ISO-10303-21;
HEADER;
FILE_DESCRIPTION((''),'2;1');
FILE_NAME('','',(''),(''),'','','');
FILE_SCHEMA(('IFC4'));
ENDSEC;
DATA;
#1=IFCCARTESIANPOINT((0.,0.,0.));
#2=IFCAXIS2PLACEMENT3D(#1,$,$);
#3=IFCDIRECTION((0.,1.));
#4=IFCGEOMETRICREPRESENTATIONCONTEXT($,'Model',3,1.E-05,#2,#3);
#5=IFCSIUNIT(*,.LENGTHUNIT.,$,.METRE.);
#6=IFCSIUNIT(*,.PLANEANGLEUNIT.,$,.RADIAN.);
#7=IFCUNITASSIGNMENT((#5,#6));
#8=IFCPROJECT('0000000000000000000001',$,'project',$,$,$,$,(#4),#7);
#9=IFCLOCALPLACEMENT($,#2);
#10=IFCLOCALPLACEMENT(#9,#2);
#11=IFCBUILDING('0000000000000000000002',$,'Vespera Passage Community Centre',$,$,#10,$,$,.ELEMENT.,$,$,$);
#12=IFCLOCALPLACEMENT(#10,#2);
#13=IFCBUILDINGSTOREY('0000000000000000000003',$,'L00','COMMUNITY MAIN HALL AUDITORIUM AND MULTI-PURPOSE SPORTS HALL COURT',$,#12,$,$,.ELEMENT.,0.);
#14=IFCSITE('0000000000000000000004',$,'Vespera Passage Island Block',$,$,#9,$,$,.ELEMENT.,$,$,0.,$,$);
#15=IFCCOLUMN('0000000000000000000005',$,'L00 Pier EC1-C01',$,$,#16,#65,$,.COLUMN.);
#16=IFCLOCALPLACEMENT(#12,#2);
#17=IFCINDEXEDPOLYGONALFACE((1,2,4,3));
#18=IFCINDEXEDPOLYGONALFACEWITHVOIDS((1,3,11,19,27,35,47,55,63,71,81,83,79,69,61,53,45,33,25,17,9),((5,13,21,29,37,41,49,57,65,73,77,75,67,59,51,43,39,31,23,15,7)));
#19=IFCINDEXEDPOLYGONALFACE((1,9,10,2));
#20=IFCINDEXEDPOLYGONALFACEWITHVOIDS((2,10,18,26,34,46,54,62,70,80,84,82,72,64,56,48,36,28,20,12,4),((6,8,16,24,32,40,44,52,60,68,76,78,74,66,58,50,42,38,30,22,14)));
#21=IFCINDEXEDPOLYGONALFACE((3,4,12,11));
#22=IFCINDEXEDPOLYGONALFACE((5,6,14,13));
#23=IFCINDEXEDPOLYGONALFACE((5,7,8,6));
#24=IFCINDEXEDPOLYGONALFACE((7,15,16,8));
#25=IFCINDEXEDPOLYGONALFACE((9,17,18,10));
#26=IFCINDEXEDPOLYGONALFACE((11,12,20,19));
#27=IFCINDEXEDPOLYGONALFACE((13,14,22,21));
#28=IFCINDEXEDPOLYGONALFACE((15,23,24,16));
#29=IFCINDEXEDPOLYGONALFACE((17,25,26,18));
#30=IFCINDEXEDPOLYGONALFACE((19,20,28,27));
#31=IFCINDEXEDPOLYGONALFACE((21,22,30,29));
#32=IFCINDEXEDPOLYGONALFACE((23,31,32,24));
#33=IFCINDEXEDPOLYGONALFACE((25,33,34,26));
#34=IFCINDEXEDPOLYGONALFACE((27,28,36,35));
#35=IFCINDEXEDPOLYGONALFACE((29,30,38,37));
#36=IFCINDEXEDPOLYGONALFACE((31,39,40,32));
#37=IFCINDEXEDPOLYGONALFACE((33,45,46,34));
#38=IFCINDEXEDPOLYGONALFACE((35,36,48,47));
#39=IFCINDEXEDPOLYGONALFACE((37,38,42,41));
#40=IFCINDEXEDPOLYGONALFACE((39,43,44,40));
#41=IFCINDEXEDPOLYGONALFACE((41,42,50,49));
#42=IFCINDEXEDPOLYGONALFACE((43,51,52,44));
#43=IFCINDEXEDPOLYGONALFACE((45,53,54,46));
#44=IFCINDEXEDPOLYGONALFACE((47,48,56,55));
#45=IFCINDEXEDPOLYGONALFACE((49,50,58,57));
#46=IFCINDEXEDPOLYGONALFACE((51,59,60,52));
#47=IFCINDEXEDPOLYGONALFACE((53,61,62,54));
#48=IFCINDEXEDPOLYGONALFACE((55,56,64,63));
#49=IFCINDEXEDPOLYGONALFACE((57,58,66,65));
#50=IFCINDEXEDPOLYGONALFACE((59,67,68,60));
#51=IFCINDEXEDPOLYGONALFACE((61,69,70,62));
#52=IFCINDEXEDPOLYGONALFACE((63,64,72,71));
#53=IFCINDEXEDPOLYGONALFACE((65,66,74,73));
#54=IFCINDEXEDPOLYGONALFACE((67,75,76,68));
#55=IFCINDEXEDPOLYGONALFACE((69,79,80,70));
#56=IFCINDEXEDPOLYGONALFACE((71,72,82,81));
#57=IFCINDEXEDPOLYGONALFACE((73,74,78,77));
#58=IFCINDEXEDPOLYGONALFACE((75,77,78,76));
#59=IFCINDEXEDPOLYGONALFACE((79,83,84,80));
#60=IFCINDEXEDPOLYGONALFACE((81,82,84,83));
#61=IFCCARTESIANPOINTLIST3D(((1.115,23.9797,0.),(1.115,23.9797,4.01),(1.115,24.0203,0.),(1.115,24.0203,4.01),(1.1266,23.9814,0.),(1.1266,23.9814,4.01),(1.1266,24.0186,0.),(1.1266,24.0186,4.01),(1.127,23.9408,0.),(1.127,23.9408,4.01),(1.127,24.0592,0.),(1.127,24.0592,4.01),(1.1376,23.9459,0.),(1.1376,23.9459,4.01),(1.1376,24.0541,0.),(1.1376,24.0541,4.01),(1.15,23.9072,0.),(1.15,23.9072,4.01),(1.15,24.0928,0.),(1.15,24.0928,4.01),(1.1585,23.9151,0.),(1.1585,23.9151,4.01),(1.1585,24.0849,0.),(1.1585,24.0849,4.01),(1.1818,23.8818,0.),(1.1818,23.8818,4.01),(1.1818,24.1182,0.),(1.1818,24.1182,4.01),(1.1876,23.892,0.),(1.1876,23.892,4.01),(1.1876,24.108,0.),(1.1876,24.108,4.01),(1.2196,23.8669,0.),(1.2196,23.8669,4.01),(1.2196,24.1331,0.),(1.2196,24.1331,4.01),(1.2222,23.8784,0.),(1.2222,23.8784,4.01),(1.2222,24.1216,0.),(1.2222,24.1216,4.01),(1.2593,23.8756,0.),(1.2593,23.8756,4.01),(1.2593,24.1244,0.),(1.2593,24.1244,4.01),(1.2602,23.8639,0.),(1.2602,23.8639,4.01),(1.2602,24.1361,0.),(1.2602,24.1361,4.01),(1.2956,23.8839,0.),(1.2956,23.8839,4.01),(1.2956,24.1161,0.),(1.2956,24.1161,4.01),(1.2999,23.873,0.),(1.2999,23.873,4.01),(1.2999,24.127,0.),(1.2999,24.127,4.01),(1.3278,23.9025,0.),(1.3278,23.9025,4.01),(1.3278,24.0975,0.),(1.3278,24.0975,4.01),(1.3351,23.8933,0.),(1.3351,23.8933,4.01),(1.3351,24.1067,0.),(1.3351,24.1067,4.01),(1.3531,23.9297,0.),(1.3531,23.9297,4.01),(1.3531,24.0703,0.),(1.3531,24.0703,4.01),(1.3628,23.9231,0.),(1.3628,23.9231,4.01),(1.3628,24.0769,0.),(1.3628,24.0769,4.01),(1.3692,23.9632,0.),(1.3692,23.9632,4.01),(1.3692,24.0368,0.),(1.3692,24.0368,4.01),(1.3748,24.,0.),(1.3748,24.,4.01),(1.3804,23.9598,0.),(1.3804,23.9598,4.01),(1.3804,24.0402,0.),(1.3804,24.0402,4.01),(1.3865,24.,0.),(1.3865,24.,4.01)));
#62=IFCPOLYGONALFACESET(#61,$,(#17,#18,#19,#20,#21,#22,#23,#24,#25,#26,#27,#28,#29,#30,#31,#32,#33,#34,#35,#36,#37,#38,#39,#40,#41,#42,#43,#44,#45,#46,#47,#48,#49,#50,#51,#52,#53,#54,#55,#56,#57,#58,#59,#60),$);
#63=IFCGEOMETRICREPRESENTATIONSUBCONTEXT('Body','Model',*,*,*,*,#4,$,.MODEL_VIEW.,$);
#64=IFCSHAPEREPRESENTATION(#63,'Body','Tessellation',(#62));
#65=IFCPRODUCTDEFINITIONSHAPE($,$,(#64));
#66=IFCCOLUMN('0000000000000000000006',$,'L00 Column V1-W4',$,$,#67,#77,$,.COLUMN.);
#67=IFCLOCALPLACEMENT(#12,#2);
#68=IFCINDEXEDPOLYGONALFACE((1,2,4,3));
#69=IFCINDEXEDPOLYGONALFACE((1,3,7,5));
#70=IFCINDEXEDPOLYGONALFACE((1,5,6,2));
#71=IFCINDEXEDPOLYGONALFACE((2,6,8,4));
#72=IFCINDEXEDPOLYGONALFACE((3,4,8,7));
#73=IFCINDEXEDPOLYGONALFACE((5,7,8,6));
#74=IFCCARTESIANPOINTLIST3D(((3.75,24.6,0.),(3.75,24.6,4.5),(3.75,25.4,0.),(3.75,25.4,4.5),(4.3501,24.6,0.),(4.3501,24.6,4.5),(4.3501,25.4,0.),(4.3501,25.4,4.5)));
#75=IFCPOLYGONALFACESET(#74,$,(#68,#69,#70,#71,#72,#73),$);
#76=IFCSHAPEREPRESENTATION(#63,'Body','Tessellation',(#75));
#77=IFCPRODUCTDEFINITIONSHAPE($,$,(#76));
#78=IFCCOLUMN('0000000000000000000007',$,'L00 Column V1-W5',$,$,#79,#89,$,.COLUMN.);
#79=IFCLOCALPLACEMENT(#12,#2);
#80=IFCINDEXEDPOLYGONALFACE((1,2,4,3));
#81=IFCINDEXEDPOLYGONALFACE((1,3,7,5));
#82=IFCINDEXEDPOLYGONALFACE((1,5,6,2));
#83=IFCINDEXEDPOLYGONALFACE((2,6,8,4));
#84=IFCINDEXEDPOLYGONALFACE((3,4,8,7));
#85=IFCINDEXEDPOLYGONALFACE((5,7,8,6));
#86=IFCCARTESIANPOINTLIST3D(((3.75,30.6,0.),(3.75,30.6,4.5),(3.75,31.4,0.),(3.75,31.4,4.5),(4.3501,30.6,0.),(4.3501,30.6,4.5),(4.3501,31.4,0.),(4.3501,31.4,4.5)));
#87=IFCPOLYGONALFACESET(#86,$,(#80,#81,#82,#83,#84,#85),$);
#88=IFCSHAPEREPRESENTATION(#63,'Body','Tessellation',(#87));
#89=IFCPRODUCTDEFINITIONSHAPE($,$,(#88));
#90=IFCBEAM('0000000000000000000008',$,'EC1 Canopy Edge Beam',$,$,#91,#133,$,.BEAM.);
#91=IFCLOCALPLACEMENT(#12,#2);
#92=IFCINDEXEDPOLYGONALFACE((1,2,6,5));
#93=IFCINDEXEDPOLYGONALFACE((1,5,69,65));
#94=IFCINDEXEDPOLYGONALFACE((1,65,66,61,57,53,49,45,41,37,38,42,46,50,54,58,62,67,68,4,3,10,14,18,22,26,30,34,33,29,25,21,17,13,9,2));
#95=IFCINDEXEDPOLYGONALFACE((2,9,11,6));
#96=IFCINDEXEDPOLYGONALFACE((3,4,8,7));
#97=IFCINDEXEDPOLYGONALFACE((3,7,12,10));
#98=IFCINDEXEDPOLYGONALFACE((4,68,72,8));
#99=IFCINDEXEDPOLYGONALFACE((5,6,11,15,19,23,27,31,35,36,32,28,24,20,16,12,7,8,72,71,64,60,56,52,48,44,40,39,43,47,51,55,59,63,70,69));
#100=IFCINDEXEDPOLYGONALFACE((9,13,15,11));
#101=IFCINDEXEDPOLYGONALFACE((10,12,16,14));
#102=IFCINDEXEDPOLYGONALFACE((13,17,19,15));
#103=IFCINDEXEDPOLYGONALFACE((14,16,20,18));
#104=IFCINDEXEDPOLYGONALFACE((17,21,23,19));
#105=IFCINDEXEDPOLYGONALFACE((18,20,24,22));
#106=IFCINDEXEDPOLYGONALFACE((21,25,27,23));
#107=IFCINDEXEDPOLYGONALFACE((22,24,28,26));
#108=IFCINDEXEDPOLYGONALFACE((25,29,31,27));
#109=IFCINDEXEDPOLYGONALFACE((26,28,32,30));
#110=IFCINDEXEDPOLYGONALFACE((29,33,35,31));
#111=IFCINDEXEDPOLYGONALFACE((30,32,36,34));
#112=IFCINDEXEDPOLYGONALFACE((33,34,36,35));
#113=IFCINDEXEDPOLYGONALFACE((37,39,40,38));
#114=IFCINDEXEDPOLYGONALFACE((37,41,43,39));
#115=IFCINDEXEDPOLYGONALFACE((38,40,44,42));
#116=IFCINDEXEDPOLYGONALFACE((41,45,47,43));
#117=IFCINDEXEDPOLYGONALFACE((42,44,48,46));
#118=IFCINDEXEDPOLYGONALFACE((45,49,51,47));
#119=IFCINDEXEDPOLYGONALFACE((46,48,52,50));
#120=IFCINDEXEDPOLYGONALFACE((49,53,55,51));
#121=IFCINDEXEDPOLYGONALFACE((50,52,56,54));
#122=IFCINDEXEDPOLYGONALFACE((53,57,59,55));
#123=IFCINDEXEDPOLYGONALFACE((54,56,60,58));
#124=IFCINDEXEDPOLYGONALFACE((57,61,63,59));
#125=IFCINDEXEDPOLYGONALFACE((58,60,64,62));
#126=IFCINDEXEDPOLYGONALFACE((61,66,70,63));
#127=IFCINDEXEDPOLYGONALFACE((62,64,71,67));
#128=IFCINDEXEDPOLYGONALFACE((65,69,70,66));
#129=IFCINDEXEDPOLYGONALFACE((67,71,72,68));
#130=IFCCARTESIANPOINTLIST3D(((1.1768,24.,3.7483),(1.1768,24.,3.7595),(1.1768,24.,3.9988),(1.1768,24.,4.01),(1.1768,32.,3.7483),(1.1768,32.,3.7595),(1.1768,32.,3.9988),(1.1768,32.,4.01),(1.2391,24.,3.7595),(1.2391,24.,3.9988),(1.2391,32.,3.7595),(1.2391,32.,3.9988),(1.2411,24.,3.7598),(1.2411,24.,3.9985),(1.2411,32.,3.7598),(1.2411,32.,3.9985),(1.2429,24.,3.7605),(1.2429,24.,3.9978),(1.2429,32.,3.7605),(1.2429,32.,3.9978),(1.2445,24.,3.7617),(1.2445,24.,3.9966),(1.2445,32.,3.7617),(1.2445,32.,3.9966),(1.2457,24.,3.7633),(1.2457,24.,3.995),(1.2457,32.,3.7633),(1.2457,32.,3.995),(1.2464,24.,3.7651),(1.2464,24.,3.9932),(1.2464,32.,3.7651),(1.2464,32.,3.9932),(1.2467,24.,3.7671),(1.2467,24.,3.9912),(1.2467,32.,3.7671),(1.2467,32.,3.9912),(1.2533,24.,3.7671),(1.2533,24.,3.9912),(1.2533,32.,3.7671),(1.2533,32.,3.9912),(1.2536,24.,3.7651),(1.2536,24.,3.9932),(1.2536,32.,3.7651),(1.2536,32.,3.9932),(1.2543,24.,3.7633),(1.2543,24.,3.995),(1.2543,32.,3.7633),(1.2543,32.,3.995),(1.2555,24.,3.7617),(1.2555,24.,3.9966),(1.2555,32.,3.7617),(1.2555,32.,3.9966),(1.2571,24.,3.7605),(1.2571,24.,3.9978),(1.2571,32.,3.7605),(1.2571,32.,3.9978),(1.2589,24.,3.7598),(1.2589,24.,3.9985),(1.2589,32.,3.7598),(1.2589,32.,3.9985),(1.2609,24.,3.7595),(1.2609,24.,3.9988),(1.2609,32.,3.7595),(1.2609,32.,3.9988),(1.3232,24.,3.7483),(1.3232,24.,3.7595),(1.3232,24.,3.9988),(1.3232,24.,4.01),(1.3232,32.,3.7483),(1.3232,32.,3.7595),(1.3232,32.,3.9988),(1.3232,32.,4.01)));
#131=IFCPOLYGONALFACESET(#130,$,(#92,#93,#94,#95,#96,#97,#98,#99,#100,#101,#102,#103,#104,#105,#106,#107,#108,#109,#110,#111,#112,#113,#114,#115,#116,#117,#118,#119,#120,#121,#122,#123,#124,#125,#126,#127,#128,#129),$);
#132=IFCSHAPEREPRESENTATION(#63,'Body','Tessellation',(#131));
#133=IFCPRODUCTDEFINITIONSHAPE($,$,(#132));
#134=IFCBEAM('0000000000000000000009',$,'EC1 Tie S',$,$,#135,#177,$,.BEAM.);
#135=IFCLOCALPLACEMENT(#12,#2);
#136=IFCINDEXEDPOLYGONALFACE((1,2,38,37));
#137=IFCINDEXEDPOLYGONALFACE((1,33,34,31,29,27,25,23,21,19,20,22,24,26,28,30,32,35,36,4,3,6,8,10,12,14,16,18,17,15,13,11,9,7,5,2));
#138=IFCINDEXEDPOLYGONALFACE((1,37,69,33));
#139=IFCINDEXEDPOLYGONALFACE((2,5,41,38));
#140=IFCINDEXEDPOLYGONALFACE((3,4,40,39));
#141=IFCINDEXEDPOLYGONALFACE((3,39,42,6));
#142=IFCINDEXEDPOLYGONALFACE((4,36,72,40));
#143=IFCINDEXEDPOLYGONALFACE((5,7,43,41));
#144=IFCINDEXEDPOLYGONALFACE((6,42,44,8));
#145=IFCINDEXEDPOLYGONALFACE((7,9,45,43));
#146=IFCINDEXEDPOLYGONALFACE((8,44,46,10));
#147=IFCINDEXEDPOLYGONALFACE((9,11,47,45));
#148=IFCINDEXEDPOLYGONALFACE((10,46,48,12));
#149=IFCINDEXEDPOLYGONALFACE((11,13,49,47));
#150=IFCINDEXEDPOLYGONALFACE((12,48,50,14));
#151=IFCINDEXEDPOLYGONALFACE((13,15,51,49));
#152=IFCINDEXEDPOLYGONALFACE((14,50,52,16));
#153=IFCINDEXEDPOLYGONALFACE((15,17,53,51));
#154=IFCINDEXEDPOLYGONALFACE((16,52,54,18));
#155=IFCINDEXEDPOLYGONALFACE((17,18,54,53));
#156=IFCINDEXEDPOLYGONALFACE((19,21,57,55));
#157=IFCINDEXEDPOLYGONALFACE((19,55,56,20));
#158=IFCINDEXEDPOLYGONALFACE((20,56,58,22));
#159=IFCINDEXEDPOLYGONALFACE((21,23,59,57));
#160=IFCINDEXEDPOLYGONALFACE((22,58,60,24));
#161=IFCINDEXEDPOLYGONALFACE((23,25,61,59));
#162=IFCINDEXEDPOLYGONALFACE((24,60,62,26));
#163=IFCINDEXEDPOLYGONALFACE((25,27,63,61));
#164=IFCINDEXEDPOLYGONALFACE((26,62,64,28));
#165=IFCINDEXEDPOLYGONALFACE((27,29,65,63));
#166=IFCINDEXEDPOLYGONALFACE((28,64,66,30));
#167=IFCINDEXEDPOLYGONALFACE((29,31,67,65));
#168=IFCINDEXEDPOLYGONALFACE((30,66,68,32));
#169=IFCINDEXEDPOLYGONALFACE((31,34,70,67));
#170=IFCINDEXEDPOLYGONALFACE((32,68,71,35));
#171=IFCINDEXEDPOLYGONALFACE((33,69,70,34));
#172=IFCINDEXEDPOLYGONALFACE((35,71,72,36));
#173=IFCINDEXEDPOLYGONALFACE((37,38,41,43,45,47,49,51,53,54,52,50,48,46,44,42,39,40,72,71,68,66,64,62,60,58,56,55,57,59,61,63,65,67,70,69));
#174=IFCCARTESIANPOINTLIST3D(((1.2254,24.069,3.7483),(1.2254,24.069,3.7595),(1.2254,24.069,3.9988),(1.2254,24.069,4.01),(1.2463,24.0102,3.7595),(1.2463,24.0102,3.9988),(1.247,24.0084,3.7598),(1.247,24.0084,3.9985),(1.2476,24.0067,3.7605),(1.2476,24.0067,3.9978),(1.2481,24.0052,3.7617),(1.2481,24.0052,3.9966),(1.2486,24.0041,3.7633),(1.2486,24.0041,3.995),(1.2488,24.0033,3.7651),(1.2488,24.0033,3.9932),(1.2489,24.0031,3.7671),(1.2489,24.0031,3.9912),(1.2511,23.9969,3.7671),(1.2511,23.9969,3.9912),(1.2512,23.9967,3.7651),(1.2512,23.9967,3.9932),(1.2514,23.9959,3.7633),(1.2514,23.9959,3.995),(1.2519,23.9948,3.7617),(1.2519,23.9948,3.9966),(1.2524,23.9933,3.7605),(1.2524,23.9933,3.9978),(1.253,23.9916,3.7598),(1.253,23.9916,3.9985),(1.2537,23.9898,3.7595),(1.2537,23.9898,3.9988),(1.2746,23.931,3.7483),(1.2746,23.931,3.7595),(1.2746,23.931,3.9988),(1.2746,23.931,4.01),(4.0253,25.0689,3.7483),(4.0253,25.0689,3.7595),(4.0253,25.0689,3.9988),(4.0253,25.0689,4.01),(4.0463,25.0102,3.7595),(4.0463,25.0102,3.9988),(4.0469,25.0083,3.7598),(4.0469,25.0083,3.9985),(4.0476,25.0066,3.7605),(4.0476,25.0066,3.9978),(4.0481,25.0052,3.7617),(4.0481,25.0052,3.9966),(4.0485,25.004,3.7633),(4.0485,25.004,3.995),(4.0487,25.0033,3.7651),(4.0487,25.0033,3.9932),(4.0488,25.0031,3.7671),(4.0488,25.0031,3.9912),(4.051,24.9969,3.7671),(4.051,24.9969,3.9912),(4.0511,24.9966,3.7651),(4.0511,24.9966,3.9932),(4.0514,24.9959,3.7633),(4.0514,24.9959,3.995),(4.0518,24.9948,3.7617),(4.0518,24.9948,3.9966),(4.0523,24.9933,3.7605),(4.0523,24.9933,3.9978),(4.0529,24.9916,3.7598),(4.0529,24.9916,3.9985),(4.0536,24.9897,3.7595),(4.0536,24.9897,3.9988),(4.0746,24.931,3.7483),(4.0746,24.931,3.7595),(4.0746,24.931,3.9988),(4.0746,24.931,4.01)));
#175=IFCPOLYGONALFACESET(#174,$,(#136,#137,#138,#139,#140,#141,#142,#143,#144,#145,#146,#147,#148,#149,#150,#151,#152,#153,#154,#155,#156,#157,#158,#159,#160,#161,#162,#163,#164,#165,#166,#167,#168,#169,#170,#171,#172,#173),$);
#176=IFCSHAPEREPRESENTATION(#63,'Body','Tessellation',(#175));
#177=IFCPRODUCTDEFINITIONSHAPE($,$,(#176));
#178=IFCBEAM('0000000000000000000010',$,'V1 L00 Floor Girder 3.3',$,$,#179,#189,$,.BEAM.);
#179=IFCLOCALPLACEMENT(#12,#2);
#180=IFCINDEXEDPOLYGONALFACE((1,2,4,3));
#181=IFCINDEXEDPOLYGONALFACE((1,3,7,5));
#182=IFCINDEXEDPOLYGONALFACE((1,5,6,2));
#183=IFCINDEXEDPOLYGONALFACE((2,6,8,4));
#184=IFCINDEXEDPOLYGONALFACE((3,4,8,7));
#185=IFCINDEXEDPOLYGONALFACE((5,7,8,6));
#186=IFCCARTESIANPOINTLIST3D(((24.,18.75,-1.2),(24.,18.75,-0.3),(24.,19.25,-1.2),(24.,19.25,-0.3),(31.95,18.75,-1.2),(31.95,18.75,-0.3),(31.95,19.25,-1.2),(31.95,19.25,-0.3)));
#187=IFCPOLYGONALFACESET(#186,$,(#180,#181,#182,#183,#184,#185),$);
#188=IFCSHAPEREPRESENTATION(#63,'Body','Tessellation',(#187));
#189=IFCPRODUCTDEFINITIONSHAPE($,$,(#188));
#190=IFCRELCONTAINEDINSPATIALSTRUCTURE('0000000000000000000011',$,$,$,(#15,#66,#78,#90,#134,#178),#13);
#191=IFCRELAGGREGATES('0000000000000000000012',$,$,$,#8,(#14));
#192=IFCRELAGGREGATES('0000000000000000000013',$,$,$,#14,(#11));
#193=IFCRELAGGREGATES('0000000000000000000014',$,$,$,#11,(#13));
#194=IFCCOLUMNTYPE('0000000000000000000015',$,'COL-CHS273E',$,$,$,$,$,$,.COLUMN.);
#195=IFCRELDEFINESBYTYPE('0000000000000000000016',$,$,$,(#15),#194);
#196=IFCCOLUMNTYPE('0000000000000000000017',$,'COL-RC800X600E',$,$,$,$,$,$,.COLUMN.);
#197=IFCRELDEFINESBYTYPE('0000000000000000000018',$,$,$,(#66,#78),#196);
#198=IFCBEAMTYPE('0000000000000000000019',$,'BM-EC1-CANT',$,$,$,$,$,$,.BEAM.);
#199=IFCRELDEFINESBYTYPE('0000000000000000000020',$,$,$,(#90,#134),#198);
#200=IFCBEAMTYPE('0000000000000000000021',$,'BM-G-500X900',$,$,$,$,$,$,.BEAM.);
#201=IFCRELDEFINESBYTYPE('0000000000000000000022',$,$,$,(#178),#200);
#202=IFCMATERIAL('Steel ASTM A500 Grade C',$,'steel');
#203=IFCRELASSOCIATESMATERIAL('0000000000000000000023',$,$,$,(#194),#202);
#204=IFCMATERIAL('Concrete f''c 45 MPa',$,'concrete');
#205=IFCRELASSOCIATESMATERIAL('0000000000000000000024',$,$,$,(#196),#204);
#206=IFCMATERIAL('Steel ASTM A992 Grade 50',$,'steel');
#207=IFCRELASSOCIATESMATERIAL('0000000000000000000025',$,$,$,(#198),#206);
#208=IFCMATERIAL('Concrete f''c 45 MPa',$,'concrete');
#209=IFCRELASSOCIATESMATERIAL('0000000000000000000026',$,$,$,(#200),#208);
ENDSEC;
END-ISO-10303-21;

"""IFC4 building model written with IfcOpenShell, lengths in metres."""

from ifc_helpers import new_model, si_unit, direction, frame, origin, origin_2d, place, context, subcontext, project, spatial, rectangle, hollow_circle, i_section, extrude, material, material_profile, profile_set, type_object, element, save


model = new_model("IFC4")

# Units and contexts
model_context = context("Model", 3, precision=1e-05, world=origin(), true_north=direction((0.0, 1.0)))
body_context = subcontext(model_context, "Body", "Model", "MODEL_VIEW")
ifc_project = project(units=[si_unit("LENGTHUNIT", "METRE"), si_unit("PLANEANGLEUNIT", "RADIAN")], contexts=[model_context])

# Site, building, storey
site_placement = place(None, origin())
site = spatial("IfcSite", under=ifc_project, at=site_placement, Name="Vespera Passage Island Block", CompositionType="ELEMENT", RefElevation=0.0)
building_placement = place(site_placement, origin())
building = spatial("IfcBuilding", under=site, at=building_placement, Name="Vespera Passage Community Centre", CompositionType="ELEMENT")
storey_placement = place(building_placement, origin())
storey = spatial("IfcBuildingStorey", under=building, at=storey_placement, Name="L00", Description="COMMUNITY MAIN HALL AUDITORIUM AND MULTI-PURPOSE SPORTS HALL COURT", CompositionType="ELEMENT", Elevation=0.0)

# Columns
ifc_material_1 = material(Name="Steel ASTM A500 Grade C", Category="steel")
ifc_material_profile_1 = material_profile(ifc_material_1, hollow_circle(Radius=0.1365, WallThickness=0.0117, at=origin_2d()), Name="CHS273X12.7")
ifc_profile_set_1 = profile_set([ifc_material_profile_1], Name="Steel ASTM A500 Grade C")
column_type_1 = type_object("IfcColumnType", Name="COL-CHS273E", PredefinedType="COLUMN", material=ifc_profile_set_1)
column_placement = place(storey_placement, frame((1.25, 24.0, 0.0), z_axis=(0.0, 0.0, 1.0), x_axis=(1.0, 0.0, 0.0)))
element("IfcColumn", 1, at=column_placement, inside=storey, type_object=column_type_1, Name="L00 Pier EC1-C01", PredefinedType="COLUMN", context=body_context, shape_type="SweptSolid", body=[
    extrude(hollow_circle(Radius=0.1365, WallThickness=0.0117, at=origin_2d()), origin(), (0.0, 0.0, 1.0), 4.01),
])
ifc_material_2 = material(Name="Concrete f'c 45 MPa", Category="concrete")
ifc_material_profile_2 = material_profile(ifc_material_2, rectangle(XDim=0.6001, YDim=0.8, at=origin_2d()), Name="RC800X600")
ifc_profile_set_2 = profile_set([ifc_material_profile_2], Name="Concrete f'c 45 MPa")
column_type_2 = type_object("IfcColumnType", Name="COL-RC800X600E", PredefinedType="COLUMN", material=ifc_profile_set_2)
for number, where, z_axis, x_axis, name in (
    (2, (4.05, 25.0, 0.0), (0.0, 0.0, 1.0), (1.0, 0.0, 0.0), "L00 Column V1-W4"),
    (3, (4.05, 31.0, 0.0), (0.0, 0.0, 1.0), (1.0, 0.0, 0.0), "L00 Column V1-W5"),
):
    element("IfcColumn", number, at=place(storey_placement, frame(where, z_axis=z_axis, x_axis=x_axis)), inside=storey, type_object=column_type_2, Name=name, PredefinedType="COLUMN", context=body_context, shape_type="SweptSolid", body=[
        extrude(rectangle(XDim=0.6001, YDim=0.8, at=origin_2d()), origin(), (0.0, 0.0, 1.0), 4.5),
    ])

# Beams
ifc_material_3 = material(Name="Steel ASTM A992 Grade 50", Category="steel")
ifc_material_profile_3 = material_profile(ifc_material_3, i_section(OverallWidth=0.1465, OverallDepth=0.2617, WebThickness=0.0066, FlangeThickness=0.0112, FilletRadius=0.0076, at=origin_2d()), Name="W10X26")
ifc_profile_set_3 = profile_set([ifc_material_profile_3], Name="Steel ASTM A992 Grade 50")
beam_type_1 = type_object("IfcBeamType", Name="BM-EC1-CANT", PredefinedType="BEAM", material=ifc_profile_set_3)
beam_1_placement = place(storey_placement, frame((1.25, 24.0, 3.8792), z_axis=(0.0, 1.0, 0.0), x_axis=(-1.0, 0.0, 0.0)))
element("IfcBeam", 4, at=beam_1_placement, inside=storey, type_object=beam_type_1, Name="EC1 Canopy Edge Beam", PredefinedType="BEAM", context=body_context, shape_type="SweptSolid", body=[
    extrude(i_section(OverallWidth=0.1465, OverallDepth=0.2617, WebThickness=0.0066, FlangeThickness=0.0112, FilletRadius=0.0076, at=origin_2d()), origin(), (0.0, 0.0, 1.0), 8.0),
])
beam_2_placement = place(storey_placement, frame((1.25, 24.0, 3.8792), z_axis=(0.941744, 0.336331, 0.0), x_axis=(-0.336331, 0.941744, 0.0)))
element("IfcBeam", 5, at=beam_2_placement, inside=storey, type_object=beam_type_1, Name="EC1 Tie S", PredefinedType="BEAM", context=body_context, shape_type="SweptSolid", body=[
    extrude(i_section(OverallWidth=0.1465, OverallDepth=0.2617, WebThickness=0.0066, FlangeThickness=0.0112, FilletRadius=0.0076, at=origin_2d()), origin(), (0.0, 0.0, 1.0), 2.9731),
])
ifc_material_4 = material(Name="Concrete f'c 45 MPa", Category="concrete")
ifc_material_profile_4 = material_profile(ifc_material_4, rectangle(XDim=0.5, YDim=0.8999, at=origin_2d()), Name="RC500X900")
ifc_profile_set_4 = profile_set([ifc_material_profile_4], Name="Concrete f'c 45 MPa")
beam_type_2 = type_object("IfcBeamType", Name="BM-G-500X900", PredefinedType="BEAM", material=ifc_profile_set_4)
for number, where, z_axis, x_axis, name in (
    (6, (24.0, 19.0, -0.75), (1.0, 0.0, 0.0), (0.0, 1.0, 0.0), "V1 L00 Floor Girder 3.3"),
):
    element("IfcBeam", number, at=place(storey_placement, frame(where, z_axis=z_axis, x_axis=x_axis)), inside=storey, type_object=beam_type_2, Name=name, PredefinedType="BEAM", context=body_context, shape_type="SweptSolid", body=[
        extrude(rectangle(XDim=0.5, YDim=0.8999, at=origin_2d()), origin(), (0.0, 0.0, 1.0), 7.95),
    ])

save(model, "model.ifc")
